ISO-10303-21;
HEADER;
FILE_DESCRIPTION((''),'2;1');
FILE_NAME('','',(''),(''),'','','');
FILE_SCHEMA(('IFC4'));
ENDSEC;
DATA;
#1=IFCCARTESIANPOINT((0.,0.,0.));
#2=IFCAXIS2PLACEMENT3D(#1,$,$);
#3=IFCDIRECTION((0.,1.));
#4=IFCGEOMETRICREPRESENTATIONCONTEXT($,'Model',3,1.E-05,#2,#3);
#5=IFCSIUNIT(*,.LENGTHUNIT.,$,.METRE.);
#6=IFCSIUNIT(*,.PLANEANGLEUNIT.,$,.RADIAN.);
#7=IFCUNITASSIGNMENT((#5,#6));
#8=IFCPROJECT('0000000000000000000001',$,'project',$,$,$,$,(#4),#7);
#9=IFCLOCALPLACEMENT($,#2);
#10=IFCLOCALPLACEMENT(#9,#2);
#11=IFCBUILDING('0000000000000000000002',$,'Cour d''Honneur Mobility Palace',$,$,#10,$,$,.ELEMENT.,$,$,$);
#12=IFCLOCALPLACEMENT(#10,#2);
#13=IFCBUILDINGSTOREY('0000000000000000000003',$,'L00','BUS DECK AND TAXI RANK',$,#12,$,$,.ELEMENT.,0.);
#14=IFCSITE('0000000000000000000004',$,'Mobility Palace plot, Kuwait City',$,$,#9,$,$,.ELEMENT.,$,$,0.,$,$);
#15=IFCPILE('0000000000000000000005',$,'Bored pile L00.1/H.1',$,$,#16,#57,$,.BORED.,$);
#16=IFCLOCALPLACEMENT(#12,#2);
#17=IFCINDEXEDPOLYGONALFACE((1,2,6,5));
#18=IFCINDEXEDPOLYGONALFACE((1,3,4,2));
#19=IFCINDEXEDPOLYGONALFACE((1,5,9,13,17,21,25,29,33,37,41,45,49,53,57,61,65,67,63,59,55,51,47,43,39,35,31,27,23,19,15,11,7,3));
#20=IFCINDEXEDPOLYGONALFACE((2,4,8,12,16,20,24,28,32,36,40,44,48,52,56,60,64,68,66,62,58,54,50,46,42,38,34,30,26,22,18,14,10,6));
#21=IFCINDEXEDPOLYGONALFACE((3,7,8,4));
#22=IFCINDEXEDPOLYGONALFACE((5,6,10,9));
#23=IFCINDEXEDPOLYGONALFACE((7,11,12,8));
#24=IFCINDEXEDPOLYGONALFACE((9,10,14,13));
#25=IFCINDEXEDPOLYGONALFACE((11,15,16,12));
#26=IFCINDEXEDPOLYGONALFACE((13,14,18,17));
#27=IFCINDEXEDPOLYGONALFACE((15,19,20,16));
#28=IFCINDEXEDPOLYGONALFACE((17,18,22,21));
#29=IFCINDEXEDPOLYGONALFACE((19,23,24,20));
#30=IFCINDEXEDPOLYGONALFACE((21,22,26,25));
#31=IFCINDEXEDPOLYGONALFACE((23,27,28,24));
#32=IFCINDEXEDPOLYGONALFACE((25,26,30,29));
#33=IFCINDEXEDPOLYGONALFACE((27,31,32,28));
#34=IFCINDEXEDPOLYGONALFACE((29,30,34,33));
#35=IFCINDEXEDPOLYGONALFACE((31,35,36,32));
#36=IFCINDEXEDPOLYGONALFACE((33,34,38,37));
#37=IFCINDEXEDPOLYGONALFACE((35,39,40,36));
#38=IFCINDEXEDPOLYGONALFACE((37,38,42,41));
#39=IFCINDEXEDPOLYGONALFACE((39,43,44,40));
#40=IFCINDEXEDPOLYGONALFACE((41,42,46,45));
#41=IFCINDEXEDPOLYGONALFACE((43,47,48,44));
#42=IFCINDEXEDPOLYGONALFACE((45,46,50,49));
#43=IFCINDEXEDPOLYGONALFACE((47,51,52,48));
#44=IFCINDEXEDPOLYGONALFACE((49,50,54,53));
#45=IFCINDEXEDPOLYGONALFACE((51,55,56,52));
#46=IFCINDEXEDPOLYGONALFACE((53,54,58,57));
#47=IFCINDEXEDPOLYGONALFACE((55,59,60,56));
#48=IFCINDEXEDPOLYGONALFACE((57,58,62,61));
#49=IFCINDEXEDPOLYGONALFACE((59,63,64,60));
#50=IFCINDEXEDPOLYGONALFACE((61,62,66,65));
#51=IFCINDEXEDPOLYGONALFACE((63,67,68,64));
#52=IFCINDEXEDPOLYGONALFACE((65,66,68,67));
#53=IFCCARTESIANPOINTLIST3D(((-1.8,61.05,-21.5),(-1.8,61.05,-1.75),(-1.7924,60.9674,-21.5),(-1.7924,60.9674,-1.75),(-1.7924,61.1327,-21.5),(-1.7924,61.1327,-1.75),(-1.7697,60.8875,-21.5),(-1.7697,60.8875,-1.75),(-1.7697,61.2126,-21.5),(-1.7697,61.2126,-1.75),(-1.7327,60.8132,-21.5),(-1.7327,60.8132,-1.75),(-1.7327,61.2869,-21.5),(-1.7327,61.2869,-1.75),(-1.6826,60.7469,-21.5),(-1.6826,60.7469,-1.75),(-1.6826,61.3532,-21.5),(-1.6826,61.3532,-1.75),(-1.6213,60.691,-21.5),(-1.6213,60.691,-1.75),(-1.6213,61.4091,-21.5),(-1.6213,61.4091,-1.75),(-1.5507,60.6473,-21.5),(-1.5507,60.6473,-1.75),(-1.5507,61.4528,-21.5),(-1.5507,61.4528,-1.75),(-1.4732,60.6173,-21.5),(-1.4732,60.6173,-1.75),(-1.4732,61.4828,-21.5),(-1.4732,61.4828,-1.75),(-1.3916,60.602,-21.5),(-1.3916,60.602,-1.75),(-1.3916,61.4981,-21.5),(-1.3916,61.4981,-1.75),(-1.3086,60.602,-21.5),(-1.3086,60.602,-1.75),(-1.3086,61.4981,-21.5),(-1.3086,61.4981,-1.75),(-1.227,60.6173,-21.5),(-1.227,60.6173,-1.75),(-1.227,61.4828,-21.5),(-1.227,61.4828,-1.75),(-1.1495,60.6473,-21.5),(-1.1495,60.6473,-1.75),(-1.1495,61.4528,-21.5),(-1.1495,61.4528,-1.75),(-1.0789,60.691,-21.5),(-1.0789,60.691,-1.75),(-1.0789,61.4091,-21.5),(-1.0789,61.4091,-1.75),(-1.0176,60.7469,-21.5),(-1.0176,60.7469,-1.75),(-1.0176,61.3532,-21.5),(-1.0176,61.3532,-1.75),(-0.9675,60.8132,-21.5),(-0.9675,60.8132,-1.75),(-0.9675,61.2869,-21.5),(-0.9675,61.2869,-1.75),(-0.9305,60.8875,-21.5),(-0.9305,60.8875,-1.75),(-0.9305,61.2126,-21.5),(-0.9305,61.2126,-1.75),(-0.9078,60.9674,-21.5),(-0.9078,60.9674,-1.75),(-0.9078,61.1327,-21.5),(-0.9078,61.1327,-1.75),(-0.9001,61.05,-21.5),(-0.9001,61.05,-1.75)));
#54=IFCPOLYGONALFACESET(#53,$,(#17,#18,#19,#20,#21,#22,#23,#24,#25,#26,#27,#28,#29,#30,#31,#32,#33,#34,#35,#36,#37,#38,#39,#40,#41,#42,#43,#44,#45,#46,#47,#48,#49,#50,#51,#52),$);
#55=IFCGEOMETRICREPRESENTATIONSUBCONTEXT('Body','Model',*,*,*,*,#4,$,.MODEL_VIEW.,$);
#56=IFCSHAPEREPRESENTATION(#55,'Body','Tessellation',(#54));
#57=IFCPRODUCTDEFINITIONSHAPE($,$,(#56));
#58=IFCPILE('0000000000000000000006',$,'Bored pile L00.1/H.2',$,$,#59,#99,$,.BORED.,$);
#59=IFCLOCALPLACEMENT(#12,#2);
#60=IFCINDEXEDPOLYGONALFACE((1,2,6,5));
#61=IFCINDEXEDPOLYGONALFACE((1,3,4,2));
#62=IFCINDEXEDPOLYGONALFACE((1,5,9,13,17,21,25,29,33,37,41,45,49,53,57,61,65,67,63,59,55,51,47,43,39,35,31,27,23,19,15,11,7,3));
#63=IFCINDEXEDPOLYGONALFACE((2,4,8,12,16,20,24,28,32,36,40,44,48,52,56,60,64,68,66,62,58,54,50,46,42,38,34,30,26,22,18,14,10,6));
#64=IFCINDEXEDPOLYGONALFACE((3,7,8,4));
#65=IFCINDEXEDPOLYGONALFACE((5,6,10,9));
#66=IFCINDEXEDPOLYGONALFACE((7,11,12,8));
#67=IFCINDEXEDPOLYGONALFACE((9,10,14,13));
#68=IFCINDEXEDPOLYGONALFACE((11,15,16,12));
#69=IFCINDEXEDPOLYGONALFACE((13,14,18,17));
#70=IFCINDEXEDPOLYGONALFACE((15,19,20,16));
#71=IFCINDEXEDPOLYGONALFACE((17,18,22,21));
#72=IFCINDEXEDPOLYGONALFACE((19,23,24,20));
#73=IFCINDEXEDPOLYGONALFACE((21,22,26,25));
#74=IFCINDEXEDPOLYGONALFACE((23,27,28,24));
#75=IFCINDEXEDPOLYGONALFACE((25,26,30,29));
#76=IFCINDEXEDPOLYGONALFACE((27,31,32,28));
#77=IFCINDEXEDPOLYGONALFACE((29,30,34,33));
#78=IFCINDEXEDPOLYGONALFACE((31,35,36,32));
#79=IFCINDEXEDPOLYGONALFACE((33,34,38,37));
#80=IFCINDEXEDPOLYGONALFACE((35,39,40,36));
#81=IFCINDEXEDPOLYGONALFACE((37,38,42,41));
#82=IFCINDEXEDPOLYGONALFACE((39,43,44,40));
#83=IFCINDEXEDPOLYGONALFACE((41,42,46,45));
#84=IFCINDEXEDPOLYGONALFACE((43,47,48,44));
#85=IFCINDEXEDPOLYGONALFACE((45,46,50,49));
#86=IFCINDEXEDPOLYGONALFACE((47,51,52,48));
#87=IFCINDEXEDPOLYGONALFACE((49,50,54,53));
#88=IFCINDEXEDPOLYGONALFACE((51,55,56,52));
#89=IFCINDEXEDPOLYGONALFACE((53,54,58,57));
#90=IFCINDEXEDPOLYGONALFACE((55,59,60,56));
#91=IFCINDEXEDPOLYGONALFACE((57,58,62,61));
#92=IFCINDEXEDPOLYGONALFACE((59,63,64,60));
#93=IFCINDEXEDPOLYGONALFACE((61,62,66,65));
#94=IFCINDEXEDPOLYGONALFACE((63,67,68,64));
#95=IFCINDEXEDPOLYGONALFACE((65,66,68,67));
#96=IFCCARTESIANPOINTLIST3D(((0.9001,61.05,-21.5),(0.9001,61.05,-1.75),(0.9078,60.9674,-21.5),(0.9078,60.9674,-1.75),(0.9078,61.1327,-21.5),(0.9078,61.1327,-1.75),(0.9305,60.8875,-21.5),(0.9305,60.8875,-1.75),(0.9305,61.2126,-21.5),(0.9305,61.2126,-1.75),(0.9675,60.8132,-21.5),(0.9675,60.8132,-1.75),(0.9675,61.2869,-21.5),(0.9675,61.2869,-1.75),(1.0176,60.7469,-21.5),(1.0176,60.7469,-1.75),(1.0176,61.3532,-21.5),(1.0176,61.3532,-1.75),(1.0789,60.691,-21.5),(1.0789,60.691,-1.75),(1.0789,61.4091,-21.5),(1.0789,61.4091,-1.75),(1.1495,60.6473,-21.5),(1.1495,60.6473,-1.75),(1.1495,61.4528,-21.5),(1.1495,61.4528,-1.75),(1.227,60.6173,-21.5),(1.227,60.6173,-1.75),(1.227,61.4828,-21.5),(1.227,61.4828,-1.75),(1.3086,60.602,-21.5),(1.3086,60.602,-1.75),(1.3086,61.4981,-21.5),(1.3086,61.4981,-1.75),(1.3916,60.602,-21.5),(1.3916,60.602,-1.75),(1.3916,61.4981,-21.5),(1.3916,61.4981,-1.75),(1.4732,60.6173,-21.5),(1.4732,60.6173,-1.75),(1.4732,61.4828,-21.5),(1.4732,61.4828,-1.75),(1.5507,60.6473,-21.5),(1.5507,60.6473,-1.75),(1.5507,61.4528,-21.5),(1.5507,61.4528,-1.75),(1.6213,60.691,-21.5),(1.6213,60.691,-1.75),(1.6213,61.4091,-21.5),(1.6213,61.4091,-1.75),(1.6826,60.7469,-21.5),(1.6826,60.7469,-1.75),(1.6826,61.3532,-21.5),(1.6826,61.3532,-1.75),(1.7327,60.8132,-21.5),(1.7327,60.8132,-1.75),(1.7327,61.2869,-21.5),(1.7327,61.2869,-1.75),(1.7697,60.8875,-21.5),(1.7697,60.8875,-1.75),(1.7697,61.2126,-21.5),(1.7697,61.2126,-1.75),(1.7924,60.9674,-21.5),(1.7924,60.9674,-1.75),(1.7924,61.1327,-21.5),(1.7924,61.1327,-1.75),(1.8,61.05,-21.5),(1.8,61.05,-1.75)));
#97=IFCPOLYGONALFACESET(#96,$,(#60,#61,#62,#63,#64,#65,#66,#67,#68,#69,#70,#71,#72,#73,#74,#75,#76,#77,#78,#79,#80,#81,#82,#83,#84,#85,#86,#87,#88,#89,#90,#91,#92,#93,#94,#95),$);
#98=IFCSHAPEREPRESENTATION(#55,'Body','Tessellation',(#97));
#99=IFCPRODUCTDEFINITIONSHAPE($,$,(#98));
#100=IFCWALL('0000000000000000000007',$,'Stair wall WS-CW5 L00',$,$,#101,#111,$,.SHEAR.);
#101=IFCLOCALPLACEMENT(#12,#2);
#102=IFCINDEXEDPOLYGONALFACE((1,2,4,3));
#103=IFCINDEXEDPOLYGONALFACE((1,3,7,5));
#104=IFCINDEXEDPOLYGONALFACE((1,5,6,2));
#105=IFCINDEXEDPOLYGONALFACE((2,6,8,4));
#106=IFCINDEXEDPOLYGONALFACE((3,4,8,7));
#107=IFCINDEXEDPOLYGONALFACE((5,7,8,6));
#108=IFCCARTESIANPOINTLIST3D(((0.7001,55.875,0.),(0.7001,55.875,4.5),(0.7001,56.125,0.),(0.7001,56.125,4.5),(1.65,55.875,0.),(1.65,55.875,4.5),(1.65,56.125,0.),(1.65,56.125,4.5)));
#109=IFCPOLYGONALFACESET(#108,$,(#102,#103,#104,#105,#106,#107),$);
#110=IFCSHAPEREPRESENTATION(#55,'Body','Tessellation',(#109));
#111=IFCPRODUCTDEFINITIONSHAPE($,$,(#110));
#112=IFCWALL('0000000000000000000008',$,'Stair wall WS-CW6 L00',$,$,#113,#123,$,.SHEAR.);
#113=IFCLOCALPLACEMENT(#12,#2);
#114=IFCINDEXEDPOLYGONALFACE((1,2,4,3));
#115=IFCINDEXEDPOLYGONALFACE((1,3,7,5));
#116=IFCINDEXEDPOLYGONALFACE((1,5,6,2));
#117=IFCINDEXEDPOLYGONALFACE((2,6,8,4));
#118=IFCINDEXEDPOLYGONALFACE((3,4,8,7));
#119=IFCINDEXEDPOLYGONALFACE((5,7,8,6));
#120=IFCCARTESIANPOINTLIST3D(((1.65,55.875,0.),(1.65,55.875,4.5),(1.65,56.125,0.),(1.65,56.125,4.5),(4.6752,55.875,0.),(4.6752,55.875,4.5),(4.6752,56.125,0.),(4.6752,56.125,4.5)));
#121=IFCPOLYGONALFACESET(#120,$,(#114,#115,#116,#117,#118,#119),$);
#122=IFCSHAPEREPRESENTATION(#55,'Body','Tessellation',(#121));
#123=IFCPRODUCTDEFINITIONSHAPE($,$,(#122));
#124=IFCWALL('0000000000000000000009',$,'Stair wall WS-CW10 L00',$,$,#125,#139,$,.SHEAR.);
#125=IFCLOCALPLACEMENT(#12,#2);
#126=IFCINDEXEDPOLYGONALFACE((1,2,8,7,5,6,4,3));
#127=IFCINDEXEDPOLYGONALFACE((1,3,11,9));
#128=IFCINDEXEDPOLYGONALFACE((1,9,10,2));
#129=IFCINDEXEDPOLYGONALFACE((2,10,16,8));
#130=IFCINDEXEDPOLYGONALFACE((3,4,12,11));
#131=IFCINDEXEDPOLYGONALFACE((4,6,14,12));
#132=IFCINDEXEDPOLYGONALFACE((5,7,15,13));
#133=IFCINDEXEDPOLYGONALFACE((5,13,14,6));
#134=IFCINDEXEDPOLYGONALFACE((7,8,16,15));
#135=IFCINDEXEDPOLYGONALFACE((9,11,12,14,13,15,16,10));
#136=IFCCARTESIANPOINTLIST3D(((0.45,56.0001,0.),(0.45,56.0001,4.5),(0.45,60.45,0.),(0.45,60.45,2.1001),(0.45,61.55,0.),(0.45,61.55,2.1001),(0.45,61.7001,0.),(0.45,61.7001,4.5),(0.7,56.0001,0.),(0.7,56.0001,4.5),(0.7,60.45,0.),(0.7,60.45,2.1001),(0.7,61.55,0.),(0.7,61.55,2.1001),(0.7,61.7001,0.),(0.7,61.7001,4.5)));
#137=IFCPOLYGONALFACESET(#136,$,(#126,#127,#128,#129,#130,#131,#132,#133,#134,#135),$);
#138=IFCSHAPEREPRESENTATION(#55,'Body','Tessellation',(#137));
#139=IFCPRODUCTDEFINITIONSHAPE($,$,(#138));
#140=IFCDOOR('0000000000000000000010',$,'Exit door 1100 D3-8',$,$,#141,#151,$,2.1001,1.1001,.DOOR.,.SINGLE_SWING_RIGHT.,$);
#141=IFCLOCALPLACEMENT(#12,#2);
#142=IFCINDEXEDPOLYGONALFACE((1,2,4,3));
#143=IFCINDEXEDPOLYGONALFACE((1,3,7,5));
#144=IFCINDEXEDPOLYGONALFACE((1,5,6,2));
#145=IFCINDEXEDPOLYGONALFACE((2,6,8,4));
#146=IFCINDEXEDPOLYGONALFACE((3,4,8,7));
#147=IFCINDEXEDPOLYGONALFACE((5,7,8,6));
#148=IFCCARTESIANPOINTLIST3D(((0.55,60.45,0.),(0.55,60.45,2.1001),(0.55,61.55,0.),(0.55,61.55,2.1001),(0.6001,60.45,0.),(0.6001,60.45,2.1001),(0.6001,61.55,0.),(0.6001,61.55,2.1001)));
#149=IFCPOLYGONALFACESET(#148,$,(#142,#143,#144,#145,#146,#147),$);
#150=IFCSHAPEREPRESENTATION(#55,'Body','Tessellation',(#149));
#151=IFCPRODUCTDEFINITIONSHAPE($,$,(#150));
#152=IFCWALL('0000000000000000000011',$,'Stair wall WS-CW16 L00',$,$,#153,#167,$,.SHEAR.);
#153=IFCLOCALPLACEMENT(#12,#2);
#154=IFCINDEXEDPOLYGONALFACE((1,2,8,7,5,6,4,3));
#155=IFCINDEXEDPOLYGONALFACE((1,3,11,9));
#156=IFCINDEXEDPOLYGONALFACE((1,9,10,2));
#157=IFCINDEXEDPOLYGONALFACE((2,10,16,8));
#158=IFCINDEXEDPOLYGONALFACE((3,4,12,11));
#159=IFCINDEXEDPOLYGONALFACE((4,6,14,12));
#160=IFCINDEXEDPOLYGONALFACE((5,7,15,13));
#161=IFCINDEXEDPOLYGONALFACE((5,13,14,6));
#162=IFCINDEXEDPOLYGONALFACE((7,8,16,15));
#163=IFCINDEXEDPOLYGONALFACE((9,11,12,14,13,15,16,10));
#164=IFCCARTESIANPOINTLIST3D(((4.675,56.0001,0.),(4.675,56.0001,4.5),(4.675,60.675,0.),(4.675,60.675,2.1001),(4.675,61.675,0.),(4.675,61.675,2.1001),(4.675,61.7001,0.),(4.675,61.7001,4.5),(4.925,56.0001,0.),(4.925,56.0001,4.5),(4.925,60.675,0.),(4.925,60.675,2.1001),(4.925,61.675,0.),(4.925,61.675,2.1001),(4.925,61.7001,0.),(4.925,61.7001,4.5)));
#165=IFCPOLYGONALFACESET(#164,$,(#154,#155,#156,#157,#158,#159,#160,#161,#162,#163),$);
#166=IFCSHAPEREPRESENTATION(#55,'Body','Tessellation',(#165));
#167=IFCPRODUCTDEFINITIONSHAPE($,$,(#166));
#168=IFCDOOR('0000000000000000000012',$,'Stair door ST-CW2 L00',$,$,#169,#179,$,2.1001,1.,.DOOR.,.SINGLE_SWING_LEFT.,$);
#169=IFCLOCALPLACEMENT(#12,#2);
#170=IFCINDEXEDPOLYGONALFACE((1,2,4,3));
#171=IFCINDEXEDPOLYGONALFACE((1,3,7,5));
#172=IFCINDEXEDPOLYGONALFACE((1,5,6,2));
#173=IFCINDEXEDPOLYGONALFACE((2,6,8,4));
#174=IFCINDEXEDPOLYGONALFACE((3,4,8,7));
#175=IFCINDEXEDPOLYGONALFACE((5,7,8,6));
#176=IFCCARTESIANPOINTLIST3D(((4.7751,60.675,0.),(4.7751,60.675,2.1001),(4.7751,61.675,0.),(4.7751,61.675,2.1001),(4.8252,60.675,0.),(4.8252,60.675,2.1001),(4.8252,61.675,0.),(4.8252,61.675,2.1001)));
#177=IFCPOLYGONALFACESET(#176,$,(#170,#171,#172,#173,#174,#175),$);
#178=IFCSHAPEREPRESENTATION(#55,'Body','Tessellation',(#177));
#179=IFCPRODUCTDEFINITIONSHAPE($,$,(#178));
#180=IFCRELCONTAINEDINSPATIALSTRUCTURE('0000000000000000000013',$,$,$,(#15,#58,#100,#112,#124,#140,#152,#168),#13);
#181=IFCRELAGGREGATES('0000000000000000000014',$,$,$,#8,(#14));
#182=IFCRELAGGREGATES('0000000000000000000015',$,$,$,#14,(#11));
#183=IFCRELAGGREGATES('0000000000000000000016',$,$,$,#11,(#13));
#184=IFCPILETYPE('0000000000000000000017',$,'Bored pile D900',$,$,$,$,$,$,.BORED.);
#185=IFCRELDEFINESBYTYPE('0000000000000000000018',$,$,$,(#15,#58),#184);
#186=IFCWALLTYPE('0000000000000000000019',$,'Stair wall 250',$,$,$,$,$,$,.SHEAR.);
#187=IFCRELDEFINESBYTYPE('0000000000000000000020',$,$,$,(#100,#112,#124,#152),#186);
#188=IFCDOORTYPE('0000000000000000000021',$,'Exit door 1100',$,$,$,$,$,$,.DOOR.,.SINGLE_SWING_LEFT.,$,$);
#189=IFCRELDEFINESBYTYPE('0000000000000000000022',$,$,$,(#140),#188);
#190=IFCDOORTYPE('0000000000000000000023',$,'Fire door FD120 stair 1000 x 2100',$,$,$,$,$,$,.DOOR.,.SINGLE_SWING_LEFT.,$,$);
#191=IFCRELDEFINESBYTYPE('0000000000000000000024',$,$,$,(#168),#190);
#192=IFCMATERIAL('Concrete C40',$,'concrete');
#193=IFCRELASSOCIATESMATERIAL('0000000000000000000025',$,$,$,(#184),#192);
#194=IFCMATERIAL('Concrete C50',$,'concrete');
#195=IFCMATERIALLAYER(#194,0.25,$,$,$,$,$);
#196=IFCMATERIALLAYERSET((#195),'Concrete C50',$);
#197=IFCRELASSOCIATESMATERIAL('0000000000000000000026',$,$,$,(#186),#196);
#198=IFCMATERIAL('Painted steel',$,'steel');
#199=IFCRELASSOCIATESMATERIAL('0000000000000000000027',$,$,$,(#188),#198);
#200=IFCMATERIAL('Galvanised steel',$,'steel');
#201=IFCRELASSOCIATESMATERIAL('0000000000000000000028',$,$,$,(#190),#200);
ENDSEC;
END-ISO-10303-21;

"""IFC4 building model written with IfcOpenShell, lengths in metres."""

from ifc_helpers import new_model, si_unit, direction, frame, frame_2d, origin, origin_2d, place, context, subcontext, project, spatial, rectangle, circle, extrude, material, layer, layer_set, material_profile, profile_set, type_object, element, fill, save


model = new_model("IFC4")

# Units and contexts
model_context = context("Model", 3, precision=1e-05, world=origin(), true_north=direction((0.0, 1.0)))
body_context = subcontext(model_context, "Body", "Model", "MODEL_VIEW")
ifc_project = project(units=[si_unit("LENGTHUNIT", "METRE"), si_unit("PLANEANGLEUNIT", "RADIAN")], contexts=[model_context])

# Site, building, storey
site_placement = place(None, origin())
site = spatial("IfcSite", under=ifc_project, at=site_placement, Name="Mobility Palace plot, Kuwait City", CompositionType="ELEMENT", RefElevation=0.0)
building_placement = place(site_placement, origin())
building = spatial("IfcBuilding", under=site, at=building_placement, Name="Cour d'Honneur Mobility Palace", CompositionType="ELEMENT")
storey_placement = place(building_placement, origin())
storey = spatial("IfcBuildingStorey", under=building, at=storey_placement, Name="L00", Description="BUS DECK AND TAXI RANK", CompositionType="ELEMENT", Elevation=0.0)

# Piles
ifc_material_1 = material(Name="Concrete C40", Category="concrete")
ifc_material_profile_1 = material_profile(ifc_material_1, circle(Radius=0.45, at=origin_2d()), Name="Bored pile D900")
ifc_profile_set_1 = profile_set([ifc_material_profile_1], Name="Concrete C40")
pile_type_1 = type_object("IfcPileType", Name="Bored pile D900", PredefinedType="BORED", material=ifc_profile_set_1)
for number, where, z_axis, x_axis, name in (
    (1, (-1.3501, 61.05, -1.75), (0.0, 0.0, -1.0), (1.0, 0.0, 0.0), "Bored pile L00.1/H.1"),
    (2, (1.3501, 61.05, -1.75), (0.0, 0.0, -1.0), (1.0, 0.0, 0.0), "Bored pile L00.1/H.2"),
):
    element("IfcPile", number, at=place(storey_placement, frame(where, z_axis=z_axis, x_axis=x_axis)), inside=storey, type_object=pile_type_1, Name=name, PredefinedType="BORED", context=body_context, shape_type="SweptSolid", body=[
        extrude(circle(Radius=0.45, at=origin_2d()), origin(), (0.0, 0.0, 1.0), 19.75),
    ])

# Walls
ifc_material_2 = material(Name="Concrete C50", Category="concrete")
ifc_layer_1 = layer(ifc_material_2, 0.25)
ifc_layer_set_1 = layer_set([ifc_layer_1], Name="Concrete C50")
wall_type = type_object("IfcWallType", Name="Stair wall 250", PredefinedType="SHEAR", material=ifc_layer_set_1)
wall_1_placement = place(storey_placement, frame((0.7, 56.0, 0.0), z_axis=(0.0, 0.0, 1.0), x_axis=(1.0, 0.0, 0.0)))
element("IfcWall", 3, at=wall_1_placement, inside=storey, type_object=wall_type, Name="Stair wall WS-CW5 L00", PredefinedType="SHEAR", context=body_context, shape_type="SweptSolid", body=[
    extrude(rectangle(XDim=0.95, YDim=0.25, at=frame_2d((0.4751, 0.0))), origin(), (0.0, 0.0, 1.0), 4.5),
])
wall_2_placement = place(storey_placement, frame((1.6499, 56.0, 0.0), z_axis=(0.0, 0.0, 1.0), x_axis=(1.0, 0.0, 0.0)))
element("IfcWall", 4, at=wall_2_placement, inside=storey, type_object=wall_type, Name="Stair wall WS-CW6 L00", PredefinedType="SHEAR", context=body_context, shape_type="SweptSolid", body=[
    extrude(rectangle(XDim=3.0251, YDim=0.25, at=frame_2d((1.5127, 0.0))), origin(), (0.0, 0.0, 1.0), 4.5),
])

# Walls, openings, doors
wall_3_placement = place(storey_placement, frame((0.575, 56.0, 0.0), z_axis=(0.0, 0.0, 1.0), x_axis=(0.0, 1.0, 0.0)))
wall_3 = element("IfcWall", 5, at=wall_3_placement, inside=storey, type_object=wall_type, Name="Stair wall WS-CW10 L00", PredefinedType="SHEAR", context=body_context, shape_type="SweptSolid", body=[
    extrude(rectangle(XDim=5.7, YDim=0.25, at=frame_2d((2.8501, 0.0))), origin(), (0.0, 0.0, 1.0), 4.5),
])
opening_1_placement = place(wall_3_placement, frame((4.45, 0.0, 0.0)))
opening_1 = element("IfcOpeningElement", 6, at=opening_1_placement, cuts=wall_3, PredefinedType="OPENING", context=body_context, shape_type="SweptSolid", body=[
    extrude(rectangle(XDim=1.1001, YDim=2.1001, at=frame_2d((0.55, 1.05))), frame((0.0, 0.135, 0.0), z_axis=(0.0, -1.0, 0.0), x_axis=(1.0, 0.0, 0.0)), (0.0, 0.0, 1.0), 0.27),
])
ifc_material_3 = material(Name="Painted steel", Category="steel")
door_type_1 = type_object("IfcDoorType", Name="Exit door 1100", OperationType="SINGLE_SWING_LEFT", PredefinedType="DOOR", material=ifc_material_3)
door_1_placement = place(opening_1_placement, origin())
door_1 = element("IfcDoor", 7, at=door_1_placement, inside=storey, type_object=door_type_1, Name="Exit door 1100 D3-8", OperationType="SINGLE_SWING_RIGHT", OverallHeight=2.1001, OverallWidth=1.1001, PredefinedType="DOOR", context=body_context, shape_type="SweptSolid", body=[
    extrude(rectangle(XDim=1.1001, YDim=2.1001, at=frame_2d((0.55, 1.05))), frame((0.0, 0.0249, 0.0), z_axis=(0.0, -1.0, 0.0), x_axis=(1.0, 0.0, 0.0)), (0.0, 0.0, 1.0), 0.05),
])
fill(opening_1, door_1)
wall_4_placement = place(storey_placement, frame((4.8, 56.0, 0.0), z_axis=(0.0, 0.0, 1.0), x_axis=(0.0, 1.0, 0.0)))
wall_4 = element("IfcWall", 8, at=wall_4_placement, inside=storey, type_object=wall_type, Name="Stair wall WS-CW16 L00", PredefinedType="SHEAR", context=body_context, shape_type="SweptSolid", body=[
    extrude(rectangle(XDim=5.7, YDim=0.25, at=frame_2d((2.8501, 0.0))), origin(), (0.0, 0.0, 1.0), 4.5),
])
opening_2_placement = place(wall_4_placement, frame((4.675, 0.0, 0.0)))
opening_2 = element("IfcOpeningElement", 9, at=opening_2_placement, cuts=wall_4, PredefinedType="OPENING", context=body_context, shape_type="SweptSolid", body=[
    extrude(rectangle(XDim=1.0, YDim=2.1001, at=frame_2d((0.5, 1.05))), frame((0.0, 0.135, 0.0), z_axis=(0.0, -1.0, 0.0), x_axis=(1.0, 0.0, 0.0)), (0.0, 0.0, 1.0), 0.27),
])
ifc_material_4 = material(Name="Galvanised steel", Category="steel")
door_type_2 = type_object("IfcDoorType", Name="Fire door FD120 stair 1000 x 2100", OperationType="SINGLE_SWING_LEFT", PredefinedType="DOOR", material=ifc_material_4)
door_2_placement = place(opening_2_placement, origin())
door_2 = element("IfcDoor", 10, at=door_2_placement, inside=storey, type_object=door_type_2, Name="Stair door ST-CW2 L00", OperationType="SINGLE_SWING_LEFT", OverallHeight=2.1001, OverallWidth=1.0, PredefinedType="DOOR", context=body_context, shape_type="SweptSolid", body=[
    extrude(rectangle(XDim=1.0, YDim=2.1001, at=frame_2d((0.5, 1.05))), frame((0.0, 0.0249, 0.0), z_axis=(0.0, -1.0, 0.0), x_axis=(1.0, 0.0, 0.0)), (0.0, 0.0, 1.0), 0.05),
])
fill(opening_2, door_2)

save(model, "model.ifc")
